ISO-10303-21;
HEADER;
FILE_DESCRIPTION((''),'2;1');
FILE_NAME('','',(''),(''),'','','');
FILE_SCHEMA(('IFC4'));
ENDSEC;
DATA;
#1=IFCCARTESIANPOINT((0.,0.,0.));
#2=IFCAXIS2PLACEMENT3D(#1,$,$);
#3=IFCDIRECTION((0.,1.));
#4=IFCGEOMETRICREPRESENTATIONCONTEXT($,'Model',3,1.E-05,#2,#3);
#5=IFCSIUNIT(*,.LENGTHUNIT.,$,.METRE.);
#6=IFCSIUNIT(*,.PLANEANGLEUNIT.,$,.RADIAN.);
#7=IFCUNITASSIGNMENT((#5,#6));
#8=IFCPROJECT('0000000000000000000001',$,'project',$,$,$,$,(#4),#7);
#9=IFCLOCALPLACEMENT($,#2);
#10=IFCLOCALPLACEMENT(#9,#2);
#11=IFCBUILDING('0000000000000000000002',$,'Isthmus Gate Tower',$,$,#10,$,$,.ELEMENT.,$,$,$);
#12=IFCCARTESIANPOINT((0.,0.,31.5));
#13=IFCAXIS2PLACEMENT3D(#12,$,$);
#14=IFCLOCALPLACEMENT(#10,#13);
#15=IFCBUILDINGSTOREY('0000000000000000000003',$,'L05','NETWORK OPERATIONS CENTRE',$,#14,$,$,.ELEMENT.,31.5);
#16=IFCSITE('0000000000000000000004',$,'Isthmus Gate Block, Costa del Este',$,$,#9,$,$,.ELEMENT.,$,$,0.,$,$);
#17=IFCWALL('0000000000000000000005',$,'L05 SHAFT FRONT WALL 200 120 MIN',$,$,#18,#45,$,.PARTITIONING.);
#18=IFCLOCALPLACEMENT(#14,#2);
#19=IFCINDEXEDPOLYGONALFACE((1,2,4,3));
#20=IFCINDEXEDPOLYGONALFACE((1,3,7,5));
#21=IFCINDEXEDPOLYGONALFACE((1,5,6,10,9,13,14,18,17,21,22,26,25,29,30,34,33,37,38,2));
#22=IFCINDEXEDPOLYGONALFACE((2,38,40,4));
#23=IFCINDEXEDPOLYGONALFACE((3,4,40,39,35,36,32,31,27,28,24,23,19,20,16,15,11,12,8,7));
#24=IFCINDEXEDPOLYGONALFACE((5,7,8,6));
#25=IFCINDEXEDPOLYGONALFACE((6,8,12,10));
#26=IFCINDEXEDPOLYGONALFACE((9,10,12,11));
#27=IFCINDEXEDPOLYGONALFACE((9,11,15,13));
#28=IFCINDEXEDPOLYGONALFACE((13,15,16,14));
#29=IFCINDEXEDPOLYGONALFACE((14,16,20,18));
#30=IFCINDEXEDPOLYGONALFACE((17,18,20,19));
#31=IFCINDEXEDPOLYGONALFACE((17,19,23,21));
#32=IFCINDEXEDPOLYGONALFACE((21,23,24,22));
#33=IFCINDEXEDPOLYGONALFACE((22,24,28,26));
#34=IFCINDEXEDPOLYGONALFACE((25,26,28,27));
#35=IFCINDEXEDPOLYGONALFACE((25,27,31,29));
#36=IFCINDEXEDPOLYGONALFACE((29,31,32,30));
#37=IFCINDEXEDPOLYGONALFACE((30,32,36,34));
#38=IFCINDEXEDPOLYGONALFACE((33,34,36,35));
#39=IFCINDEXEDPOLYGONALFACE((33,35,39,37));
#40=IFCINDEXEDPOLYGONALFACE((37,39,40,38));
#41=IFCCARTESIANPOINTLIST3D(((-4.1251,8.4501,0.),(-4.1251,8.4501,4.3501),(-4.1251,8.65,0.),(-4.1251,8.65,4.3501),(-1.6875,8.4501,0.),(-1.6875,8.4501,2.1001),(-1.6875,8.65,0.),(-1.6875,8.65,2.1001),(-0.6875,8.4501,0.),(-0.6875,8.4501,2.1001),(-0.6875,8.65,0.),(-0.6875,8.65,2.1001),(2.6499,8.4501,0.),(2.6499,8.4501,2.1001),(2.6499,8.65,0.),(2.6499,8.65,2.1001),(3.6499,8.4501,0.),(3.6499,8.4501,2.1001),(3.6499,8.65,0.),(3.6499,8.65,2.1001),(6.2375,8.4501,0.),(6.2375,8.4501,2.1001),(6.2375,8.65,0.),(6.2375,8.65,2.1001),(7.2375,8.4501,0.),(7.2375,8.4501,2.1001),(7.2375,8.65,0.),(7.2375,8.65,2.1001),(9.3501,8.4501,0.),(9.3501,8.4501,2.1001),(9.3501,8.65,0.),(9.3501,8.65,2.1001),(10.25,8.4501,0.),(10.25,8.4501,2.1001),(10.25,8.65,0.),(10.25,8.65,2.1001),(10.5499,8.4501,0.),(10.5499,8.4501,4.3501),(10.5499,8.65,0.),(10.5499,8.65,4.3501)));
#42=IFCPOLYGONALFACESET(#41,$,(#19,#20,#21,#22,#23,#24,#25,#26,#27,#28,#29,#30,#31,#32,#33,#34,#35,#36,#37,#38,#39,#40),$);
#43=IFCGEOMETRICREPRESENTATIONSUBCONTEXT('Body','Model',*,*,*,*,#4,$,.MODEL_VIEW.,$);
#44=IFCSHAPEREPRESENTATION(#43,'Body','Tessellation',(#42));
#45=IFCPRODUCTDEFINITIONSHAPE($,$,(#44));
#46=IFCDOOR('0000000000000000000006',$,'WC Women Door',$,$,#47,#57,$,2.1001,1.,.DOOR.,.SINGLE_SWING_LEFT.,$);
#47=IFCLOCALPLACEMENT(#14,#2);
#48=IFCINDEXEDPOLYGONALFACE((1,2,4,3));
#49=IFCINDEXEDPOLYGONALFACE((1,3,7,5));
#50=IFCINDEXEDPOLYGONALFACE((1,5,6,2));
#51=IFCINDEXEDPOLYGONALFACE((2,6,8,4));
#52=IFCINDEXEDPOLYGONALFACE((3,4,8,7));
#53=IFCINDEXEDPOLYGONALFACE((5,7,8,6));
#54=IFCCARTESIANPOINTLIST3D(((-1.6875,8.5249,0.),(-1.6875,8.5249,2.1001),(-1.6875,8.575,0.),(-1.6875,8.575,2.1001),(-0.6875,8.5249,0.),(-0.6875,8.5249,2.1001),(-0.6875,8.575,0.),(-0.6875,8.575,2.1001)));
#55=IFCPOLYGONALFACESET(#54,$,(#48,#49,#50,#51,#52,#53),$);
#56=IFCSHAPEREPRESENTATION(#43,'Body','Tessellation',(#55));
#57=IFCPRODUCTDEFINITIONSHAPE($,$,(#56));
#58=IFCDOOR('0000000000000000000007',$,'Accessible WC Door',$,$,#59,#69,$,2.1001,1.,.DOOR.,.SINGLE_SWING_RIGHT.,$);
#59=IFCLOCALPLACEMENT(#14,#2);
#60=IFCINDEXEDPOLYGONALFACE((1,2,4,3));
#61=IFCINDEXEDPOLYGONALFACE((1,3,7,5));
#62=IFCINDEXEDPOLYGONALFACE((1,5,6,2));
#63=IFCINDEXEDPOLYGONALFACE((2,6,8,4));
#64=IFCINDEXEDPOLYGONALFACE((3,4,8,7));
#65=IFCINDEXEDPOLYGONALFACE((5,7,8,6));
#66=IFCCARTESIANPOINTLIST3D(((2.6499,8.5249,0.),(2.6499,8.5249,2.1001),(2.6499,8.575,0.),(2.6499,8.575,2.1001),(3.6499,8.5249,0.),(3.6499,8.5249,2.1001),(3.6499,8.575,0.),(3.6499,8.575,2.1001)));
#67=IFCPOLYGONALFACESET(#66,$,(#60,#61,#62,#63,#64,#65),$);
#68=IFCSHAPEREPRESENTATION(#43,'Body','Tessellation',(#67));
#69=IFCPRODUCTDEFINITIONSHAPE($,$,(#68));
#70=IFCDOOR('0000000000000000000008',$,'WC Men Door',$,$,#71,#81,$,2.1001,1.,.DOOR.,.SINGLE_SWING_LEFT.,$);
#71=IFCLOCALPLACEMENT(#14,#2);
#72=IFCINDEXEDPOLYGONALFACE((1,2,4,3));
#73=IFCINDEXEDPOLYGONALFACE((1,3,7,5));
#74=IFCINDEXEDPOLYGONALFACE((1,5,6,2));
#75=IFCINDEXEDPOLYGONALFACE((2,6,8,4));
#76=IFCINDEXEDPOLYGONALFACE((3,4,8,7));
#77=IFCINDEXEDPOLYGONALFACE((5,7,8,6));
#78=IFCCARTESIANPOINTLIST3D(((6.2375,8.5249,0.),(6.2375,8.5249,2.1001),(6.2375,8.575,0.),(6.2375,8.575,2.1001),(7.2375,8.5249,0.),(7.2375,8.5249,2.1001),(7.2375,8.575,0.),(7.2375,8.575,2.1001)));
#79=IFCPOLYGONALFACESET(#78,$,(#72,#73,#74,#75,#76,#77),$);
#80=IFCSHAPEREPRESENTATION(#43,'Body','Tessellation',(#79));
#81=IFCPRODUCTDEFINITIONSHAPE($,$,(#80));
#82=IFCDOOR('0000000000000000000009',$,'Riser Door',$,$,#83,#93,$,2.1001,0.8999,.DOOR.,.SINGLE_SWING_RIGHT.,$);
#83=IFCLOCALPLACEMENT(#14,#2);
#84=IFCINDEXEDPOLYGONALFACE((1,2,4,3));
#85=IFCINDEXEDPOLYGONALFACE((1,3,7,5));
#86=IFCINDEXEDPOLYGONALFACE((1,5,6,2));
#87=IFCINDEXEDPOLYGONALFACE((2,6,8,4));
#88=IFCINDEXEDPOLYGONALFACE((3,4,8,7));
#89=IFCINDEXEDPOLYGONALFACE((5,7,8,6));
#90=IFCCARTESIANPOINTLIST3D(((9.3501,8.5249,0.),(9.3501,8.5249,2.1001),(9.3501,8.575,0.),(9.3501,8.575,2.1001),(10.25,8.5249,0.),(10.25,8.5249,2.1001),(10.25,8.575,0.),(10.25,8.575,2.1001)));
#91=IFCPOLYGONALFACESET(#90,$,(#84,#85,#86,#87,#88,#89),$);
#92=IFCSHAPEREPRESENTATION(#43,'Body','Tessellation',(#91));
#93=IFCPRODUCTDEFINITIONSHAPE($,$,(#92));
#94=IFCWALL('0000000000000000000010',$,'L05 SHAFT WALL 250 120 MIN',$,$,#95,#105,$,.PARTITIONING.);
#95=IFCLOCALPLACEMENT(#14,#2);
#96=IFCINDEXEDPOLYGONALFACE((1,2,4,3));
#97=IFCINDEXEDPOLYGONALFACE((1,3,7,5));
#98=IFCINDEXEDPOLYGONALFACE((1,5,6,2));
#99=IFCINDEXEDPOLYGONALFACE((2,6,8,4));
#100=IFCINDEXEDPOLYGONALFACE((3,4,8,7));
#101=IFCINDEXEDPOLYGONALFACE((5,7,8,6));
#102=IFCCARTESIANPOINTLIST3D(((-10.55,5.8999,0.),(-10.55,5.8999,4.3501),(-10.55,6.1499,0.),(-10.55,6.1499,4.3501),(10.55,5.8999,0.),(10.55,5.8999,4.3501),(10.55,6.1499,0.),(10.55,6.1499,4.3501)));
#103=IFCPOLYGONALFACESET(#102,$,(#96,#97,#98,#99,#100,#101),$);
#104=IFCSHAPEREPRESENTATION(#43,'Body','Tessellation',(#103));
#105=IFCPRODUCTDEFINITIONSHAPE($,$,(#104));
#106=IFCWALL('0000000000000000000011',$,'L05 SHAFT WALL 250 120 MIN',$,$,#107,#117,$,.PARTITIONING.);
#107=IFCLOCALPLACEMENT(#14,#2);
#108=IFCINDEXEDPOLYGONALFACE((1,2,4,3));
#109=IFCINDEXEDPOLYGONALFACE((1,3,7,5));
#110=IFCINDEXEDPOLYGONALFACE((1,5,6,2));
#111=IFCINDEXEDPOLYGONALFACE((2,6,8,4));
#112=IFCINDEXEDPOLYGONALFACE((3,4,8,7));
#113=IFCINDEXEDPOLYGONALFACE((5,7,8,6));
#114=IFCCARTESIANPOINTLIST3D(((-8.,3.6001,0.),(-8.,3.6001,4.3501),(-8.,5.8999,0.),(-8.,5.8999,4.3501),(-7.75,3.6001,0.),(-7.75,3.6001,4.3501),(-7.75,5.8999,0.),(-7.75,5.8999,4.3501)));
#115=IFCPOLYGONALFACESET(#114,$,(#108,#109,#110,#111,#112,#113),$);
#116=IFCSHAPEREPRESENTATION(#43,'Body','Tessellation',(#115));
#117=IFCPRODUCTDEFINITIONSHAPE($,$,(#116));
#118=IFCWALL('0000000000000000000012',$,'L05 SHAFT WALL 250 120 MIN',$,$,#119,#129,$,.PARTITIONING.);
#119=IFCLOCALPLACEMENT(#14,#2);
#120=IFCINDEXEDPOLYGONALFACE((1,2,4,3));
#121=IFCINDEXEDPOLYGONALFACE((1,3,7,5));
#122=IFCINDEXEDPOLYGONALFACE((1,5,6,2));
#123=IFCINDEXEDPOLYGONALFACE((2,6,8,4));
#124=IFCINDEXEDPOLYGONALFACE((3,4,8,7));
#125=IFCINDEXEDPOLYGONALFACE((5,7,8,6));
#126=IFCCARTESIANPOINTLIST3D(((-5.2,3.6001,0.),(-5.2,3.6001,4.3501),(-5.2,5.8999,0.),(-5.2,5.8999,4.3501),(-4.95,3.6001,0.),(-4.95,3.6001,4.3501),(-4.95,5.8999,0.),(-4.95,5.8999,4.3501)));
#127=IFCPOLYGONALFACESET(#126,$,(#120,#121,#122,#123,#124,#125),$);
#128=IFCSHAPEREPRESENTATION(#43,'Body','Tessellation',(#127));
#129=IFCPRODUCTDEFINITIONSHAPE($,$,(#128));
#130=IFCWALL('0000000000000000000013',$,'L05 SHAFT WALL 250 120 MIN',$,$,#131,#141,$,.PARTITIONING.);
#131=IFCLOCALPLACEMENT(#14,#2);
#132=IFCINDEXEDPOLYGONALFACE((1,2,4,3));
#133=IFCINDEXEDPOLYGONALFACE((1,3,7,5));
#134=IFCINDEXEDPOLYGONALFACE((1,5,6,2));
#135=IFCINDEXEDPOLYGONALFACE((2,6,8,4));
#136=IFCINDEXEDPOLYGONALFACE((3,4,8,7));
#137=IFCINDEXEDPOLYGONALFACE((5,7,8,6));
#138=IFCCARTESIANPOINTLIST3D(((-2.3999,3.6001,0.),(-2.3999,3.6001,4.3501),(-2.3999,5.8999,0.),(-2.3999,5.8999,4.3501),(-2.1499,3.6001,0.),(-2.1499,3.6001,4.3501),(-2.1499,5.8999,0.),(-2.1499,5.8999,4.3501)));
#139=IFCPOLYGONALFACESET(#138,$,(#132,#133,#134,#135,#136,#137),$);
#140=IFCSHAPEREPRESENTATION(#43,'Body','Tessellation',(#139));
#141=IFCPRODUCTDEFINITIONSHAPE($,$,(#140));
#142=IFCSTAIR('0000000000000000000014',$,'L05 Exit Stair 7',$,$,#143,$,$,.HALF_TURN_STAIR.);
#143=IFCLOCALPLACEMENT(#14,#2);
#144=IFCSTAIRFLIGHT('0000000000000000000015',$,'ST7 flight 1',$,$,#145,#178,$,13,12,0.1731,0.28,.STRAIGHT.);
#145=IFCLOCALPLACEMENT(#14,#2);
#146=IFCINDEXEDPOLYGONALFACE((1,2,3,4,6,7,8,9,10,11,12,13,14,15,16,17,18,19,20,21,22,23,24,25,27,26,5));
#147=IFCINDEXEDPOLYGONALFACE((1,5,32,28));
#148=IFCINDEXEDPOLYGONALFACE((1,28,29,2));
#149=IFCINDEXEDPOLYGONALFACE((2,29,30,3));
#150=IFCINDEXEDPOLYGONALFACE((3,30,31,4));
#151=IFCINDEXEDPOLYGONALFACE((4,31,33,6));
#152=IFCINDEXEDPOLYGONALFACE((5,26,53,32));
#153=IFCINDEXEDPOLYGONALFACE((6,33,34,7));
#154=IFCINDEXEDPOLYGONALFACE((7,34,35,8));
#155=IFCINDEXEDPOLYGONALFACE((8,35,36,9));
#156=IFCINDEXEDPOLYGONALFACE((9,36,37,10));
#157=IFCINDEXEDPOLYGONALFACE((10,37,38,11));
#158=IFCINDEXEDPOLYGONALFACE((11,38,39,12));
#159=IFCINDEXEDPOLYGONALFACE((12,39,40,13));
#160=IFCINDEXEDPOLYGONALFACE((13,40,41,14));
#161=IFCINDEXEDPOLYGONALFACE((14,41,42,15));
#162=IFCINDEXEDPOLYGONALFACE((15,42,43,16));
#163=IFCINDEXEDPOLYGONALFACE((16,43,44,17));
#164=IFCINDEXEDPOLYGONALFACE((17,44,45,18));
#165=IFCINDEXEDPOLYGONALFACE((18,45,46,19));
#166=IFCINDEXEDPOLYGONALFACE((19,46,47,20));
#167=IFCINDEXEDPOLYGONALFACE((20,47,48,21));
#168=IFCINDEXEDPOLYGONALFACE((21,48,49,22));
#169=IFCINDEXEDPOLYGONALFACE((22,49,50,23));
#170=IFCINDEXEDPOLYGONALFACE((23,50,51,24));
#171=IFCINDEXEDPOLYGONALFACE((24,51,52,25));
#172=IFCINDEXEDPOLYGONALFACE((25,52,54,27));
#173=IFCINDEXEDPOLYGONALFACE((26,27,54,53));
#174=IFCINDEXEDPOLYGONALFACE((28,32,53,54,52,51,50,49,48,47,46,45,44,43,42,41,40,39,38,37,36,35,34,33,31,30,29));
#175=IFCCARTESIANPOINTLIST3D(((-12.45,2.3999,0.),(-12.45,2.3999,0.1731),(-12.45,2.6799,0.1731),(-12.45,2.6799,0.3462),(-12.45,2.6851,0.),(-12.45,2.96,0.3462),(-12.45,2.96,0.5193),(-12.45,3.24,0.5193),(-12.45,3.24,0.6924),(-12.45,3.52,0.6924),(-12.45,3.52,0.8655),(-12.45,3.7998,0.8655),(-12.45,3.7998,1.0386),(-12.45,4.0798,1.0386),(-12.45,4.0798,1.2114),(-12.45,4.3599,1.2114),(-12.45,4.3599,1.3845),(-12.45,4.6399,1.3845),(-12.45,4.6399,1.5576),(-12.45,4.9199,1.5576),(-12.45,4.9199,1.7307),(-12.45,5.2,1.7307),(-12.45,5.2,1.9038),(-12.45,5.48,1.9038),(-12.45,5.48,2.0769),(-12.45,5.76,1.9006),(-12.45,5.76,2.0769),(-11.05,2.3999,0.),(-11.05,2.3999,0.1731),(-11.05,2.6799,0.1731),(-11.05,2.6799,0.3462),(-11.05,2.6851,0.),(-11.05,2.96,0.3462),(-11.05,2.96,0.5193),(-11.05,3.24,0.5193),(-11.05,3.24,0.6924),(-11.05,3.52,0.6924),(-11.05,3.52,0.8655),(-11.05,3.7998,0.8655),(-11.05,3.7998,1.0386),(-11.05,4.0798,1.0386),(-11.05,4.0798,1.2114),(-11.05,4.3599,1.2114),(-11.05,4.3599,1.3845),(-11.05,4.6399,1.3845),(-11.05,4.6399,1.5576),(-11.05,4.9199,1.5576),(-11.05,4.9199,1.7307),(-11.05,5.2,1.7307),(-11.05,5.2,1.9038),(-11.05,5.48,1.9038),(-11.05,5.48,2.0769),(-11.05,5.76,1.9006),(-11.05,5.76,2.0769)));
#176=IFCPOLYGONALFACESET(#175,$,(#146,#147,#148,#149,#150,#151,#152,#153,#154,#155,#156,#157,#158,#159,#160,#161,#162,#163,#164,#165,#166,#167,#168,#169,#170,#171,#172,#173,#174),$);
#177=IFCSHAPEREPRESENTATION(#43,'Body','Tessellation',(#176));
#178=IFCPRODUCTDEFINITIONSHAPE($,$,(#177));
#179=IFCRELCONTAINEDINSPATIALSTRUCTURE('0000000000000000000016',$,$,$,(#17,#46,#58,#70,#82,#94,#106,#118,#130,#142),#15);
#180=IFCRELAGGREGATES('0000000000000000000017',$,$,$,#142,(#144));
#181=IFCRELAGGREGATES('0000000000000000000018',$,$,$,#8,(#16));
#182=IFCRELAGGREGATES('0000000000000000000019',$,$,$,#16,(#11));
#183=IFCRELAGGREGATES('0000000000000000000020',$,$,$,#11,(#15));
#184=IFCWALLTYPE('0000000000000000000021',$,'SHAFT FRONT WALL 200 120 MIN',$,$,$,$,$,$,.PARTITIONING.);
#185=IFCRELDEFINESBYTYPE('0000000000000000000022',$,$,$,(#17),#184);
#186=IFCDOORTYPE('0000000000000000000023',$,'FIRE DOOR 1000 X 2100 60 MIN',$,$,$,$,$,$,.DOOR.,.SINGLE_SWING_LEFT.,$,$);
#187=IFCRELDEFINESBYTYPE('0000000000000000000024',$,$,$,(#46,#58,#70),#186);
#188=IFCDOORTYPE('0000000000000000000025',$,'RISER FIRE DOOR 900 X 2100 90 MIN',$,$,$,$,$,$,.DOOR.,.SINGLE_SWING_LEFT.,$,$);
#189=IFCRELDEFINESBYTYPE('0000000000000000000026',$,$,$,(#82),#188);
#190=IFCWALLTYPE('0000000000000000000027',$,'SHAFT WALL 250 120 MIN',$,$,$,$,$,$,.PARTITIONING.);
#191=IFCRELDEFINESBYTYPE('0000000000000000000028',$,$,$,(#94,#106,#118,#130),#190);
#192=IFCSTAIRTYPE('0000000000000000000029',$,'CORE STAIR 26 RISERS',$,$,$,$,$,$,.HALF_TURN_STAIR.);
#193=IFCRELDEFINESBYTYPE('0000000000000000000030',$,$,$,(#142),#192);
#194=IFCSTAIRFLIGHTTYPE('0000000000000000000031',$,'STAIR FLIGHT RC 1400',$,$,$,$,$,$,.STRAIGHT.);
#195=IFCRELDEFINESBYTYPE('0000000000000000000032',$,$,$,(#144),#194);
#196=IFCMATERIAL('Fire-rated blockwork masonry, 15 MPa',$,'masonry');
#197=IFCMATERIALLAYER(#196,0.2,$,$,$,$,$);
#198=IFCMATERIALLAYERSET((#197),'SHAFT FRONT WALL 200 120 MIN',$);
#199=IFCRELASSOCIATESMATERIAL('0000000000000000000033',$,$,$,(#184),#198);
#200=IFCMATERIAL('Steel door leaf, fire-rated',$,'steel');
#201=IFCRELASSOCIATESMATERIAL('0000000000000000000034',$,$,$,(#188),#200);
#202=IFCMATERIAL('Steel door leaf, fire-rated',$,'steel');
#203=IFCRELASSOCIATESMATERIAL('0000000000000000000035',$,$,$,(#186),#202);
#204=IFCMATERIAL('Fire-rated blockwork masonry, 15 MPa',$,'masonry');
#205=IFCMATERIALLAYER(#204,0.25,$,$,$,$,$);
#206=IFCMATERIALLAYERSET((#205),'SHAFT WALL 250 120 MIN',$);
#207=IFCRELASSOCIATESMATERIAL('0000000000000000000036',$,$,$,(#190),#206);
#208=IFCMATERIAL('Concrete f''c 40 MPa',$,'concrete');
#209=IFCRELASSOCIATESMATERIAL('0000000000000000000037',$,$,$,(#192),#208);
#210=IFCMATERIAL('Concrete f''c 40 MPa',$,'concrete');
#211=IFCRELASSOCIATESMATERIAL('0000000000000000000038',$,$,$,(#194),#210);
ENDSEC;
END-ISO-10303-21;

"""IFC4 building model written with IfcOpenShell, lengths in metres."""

from ifc_helpers import new_model, si_unit, direction, frame, frame_2d, origin, place, context, subcontext, project, spatial, polyline, rectangle, outline, extrude, material, layer, layer_set, type_object, element, fill, aggregate, save


model = new_model("IFC4")

# Units and contexts
model_context = context("Model", 3, precision=1e-05, world=origin(), true_north=direction((0.0, 1.0)))
body_context = subcontext(model_context, "Body", "Model", "MODEL_VIEW")
ifc_project = project(units=[si_unit("LENGTHUNIT", "METRE"), si_unit("PLANEANGLEUNIT", "RADIAN")], contexts=[model_context])

# Site, building, storey
site_placement = place(None, origin())
site = spatial("IfcSite", under=ifc_project, at=site_placement, Name="Isthmus Gate Block, Costa del Este", CompositionType="ELEMENT", RefElevation=0.0)
building_placement = place(site_placement, origin())
building = spatial("IfcBuilding", under=site, at=building_placement, Name="Isthmus Gate Tower", CompositionType="ELEMENT")
storey_placement = place(building_placement, frame((0.0, 0.0, 31.5)))
storey = spatial("IfcBuildingStorey", under=building, at=storey_placement, Name="L05", Description="NETWORK OPERATIONS CENTRE", CompositionType="ELEMENT", Elevation=31.5)

# Wall, openings, doors
ifc_material_1 = material(Name="Fire-rated blockwork masonry, 15 MPa", Category="masonry")
ifc_layer_1 = layer(ifc_material_1, 0.2)
ifc_layer_set_1 = layer_set([ifc_layer_1], Name="SHAFT FRONT WALL 200 120 MIN")
wall_type_1 = type_object("IfcWallType", Name="SHAFT FRONT WALL 200 120 MIN", PredefinedType="PARTITIONING", material=ifc_layer_set_1)
ifc_material_2 = material(Name="Steel door leaf, fire-rated", Category="steel")
door_type_1 = type_object("IfcDoorType", Name="RISER FIRE DOOR 900 X 2100 90 MIN", OperationType="SINGLE_SWING_LEFT", PredefinedType="DOOR", material=ifc_material_2)
wall_1_placement = place(storey_placement, frame((-4.125, 8.55, 0.0), z_axis=(0.0, 0.0, 1.0), x_axis=(1.0, 0.0, 0.0)))
wall_1 = element("IfcWall", 1, at=wall_1_placement, inside=storey, type_object=wall_type_1, Name="L05 SHAFT FRONT WALL 200 120 MIN", PredefinedType="PARTITIONING", context=body_context, shape_type="SweptSolid", body=[
    extrude(rectangle(XDim=14.675, YDim=0.2, at=frame_2d((7.3374, 0.0))), origin(), (0.0, 0.0, 1.0), 4.3501),
])
opening_1_placement = place(wall_1_placement, frame((2.4375, 0.0, 0.0)))
opening_1 = element("IfcOpeningElement", 2, at=opening_1_placement, cuts=wall_1, PredefinedType="OPENING", context=body_context, shape_type="SweptSolid", body=[
    extrude(rectangle(XDim=1.0, YDim=2.1001, at=frame_2d((0.5, 1.05))), frame((0.0, 0.1099, 0.0), z_axis=(0.0, -1.0, 0.0), x_axis=(1.0, 0.0, 0.0)), (0.0, 0.0, 1.0), 0.22),
])
opening_2_placement = place(wall_1_placement, frame((6.7749, 0.0, 0.0)))
opening_2 = element("IfcOpeningElement", 3, at=opening_2_placement, cuts=wall_1, PredefinedType="OPENING", context=body_context, shape_type="SweptSolid", body=[
    extrude(rectangle(XDim=1.0, YDim=2.1001, at=frame_2d((0.5, 1.05))), frame((0.0, 0.1099, 0.0), z_axis=(0.0, -1.0, 0.0), x_axis=(1.0, 0.0, 0.0)), (0.0, 0.0, 1.0), 0.22),
])
opening_3_placement = place(wall_1_placement, frame((10.3625, 0.0, 0.0)))
opening_3 = element("IfcOpeningElement", 4, at=opening_3_placement, cuts=wall_1, PredefinedType="OPENING", context=body_context, shape_type="SweptSolid", body=[
    extrude(rectangle(XDim=1.0, YDim=2.1001, at=frame_2d((0.5, 1.05))), frame((0.0, 0.1099, 0.0), z_axis=(0.0, -1.0, 0.0), x_axis=(1.0, 0.0, 0.0)), (0.0, 0.0, 1.0), 0.22),
])
opening_4_placement = place(wall_1_placement, frame((13.4751, 0.0, 0.0)))
opening_4 = element("IfcOpeningElement", 5, at=opening_4_placement, cuts=wall_1, PredefinedType="OPENING", context=body_context, shape_type="SweptSolid", body=[
    extrude(rectangle(XDim=0.8999, YDim=2.1001, at=frame_2d((0.45, 1.05))), frame((0.0, 0.1099, 0.0), z_axis=(0.0, -1.0, 0.0), x_axis=(1.0, 0.0, 0.0)), (0.0, 0.0, 1.0), 0.22),
])
ifc_material_3 = material(Name="Steel door leaf, fire-rated", Category="steel")
door_type_2 = type_object("IfcDoorType", Name="FIRE DOOR 1000 X 2100 60 MIN", OperationType="SINGLE_SWING_LEFT", PredefinedType="DOOR", material=ifc_material_3)
door_1_placement = place(opening_1_placement, origin())
door_1 = element("IfcDoor", 6, at=door_1_placement, inside=storey, type_object=door_type_2, Name="WC Women Door", OperationType="SINGLE_SWING_LEFT", OverallHeight=2.1001, OverallWidth=1.0, PredefinedType="DOOR", context=body_context, shape_type="SweptSolid", body=[
    extrude(rectangle(XDim=1.0, YDim=2.1001, at=frame_2d((0.5, 1.05))), frame((0.0, 0.0249, 0.0), z_axis=(0.0, -1.0, 0.0), x_axis=(1.0, 0.0, 0.0)), (0.0, 0.0, 1.0), 0.05),
])
fill(opening_1, door_1)
door_2_placement = place(opening_2_placement, origin())
door_2 = element("IfcDoor", 7, at=door_2_placement, inside=storey, type_object=door_type_2, Name="Accessible WC Door", OperationType="SINGLE_SWING_RIGHT", OverallHeight=2.1001, OverallWidth=1.0, PredefinedType="DOOR", context=body_context, shape_type="SweptSolid", body=[
    extrude(rectangle(XDim=1.0, YDim=2.1001, at=frame_2d((0.5, 1.05))), frame((0.0, 0.0249, 0.0), z_axis=(0.0, -1.0, 0.0), x_axis=(1.0, 0.0, 0.0)), (0.0, 0.0, 1.0), 0.05),
])
fill(opening_2, door_2)
door_3_placement = place(opening_3_placement, origin())
door_3 = element("IfcDoor", 8, at=door_3_placement, inside=storey, type_object=door_type_2, Name="WC Men Door", OperationType="SINGLE_SWING_LEFT", OverallHeight=2.1001, OverallWidth=1.0, PredefinedType="DOOR", context=body_context, shape_type="SweptSolid", body=[
    extrude(rectangle(XDim=1.0, YDim=2.1001, at=frame_2d((0.5, 1.05))), frame((0.0, 0.0249, 0.0), z_axis=(0.0, -1.0, 0.0), x_axis=(1.0, 0.0, 0.0)), (0.0, 0.0, 1.0), 0.05),
])
fill(opening_3, door_3)
door_4_placement = place(opening_4_placement, origin())
door_4 = element("IfcDoor", 9, at=door_4_placement, inside=storey, type_object=door_type_1, Name="Riser Door", OperationType="SINGLE_SWING_RIGHT", OverallHeight=2.1001, OverallWidth=0.8999, PredefinedType="DOOR", context=body_context, shape_type="SweptSolid", body=[
    extrude(rectangle(XDim=0.8999, YDim=2.1001, at=frame_2d((0.45, 1.05))), frame((0.0, 0.0249, 0.0), z_axis=(0.0, -1.0, 0.0), x_axis=(1.0, 0.0, 0.0)), (0.0, 0.0, 1.0), 0.05),
])
fill(opening_4, door_4)

# Walls
ifc_material_4 = material(Name="Fire-rated blockwork masonry, 15 MPa", Category="masonry")
ifc_layer_2 = layer(ifc_material_4, 0.25)
ifc_layer_set_2 = layer_set([ifc_layer_2], Name="SHAFT WALL 250 120 MIN")
wall_type_2 = type_object("IfcWallType", Name="SHAFT WALL 250 120 MIN", PredefinedType="PARTITIONING", material=ifc_layer_set_2)
wall_2_placement = place(storey_placement, frame((-10.55, 6.0249, 0.0), z_axis=(0.0, 0.0, 1.0), x_axis=(1.0, 0.0, 0.0)))
element("IfcWall", 10, at=wall_2_placement, inside=storey, type_object=wall_type_2, Name="L05 SHAFT WALL 250 120 MIN", PredefinedType="PARTITIONING", context=body_context, shape_type="SweptSolid", body=[
    extrude(rectangle(XDim=21.1001, YDim=0.25, at=frame_2d((10.55, 0.0))), origin(), (0.0, 0.0, 1.0), 4.3501),
])
for number, where, z_axis, x_axis, name in (
    (11, (-7.875, 3.6001, 0.0), (0.0, 0.0, 1.0), (0.0, 1.0, 0.0), "L05 SHAFT WALL 250 120 MIN"),
    (12, (-5.075, 3.6001, 0.0), (0.0, 0.0, 1.0), (0.0, 1.0, 0.0), "L05 SHAFT WALL 250 120 MIN"),
    (13, (-2.2749, 3.6001, 0.0), (0.0, 0.0, 1.0), (0.0, 1.0, 0.0), "L05 SHAFT WALL 250 120 MIN"),
):
    element("IfcWall", number, at=place(storey_placement, frame(where, z_axis=z_axis, x_axis=x_axis)), inside=storey, type_object=wall_type_2, Name=name, PredefinedType="PARTITIONING", context=body_context, shape_type="SweptSolid", body=[
        extrude(rectangle(XDim=2.2998, YDim=0.25, at=frame_2d((1.1499, 0.0))), origin(), (0.0, 0.0, 1.0), 4.3501),
    ])

# Stair, stair flight
ifc_material_5 = material(Name="Concrete f'c 40 MPa", Category="concrete")
stair_type = type_object("IfcStairType", Name="CORE STAIR 26 RISERS", PredefinedType="HALF_TURN_STAIR", material=ifc_material_5)
stair_placement = place(storey_placement, origin())
stair = element("IfcStair", 14, at=stair_placement, inside=storey, type_object=stair_type, Name="L05 Exit Stair 7", PredefinedType="HALF_TURN_STAIR")
ifc_material_6 = material(Name="Concrete f'c 40 MPa", Category="concrete")
stair_flight_type = type_object("IfcStairFlightType", Name="STAIR FLIGHT RC 1400", PredefinedType="STRAIGHT", material=ifc_material_6)
stair_flight_placement = place(storey_placement, frame((-11.75, 2.3999, 0.0), z_axis=(0.0, 0.0, 1.0), x_axis=(0.0, 1.0, 0.0)))
stair_flight = element("IfcStairFlight", 15, at=stair_flight_placement, type_object=stair_flight_type, Name="ST7 flight 1", NumberOfRisers=13, NumberOfTreads=12, PredefinedType="STRAIGHT", RiserHeight=0.1731, TreadLength=0.28, context=body_context, shape_type="SweptSolid", body=[
    extrude(outline(polyline([(0.0, 0.0), (0.0, 0.1731), (0.28, 0.1731), (0.28, 0.3462), (0.5601, 0.3462), (0.5601, 0.5193), (0.8401, 0.5193), (0.8401, 0.6924), (1.1201, 0.6924), (1.1201, 0.8655), (1.3999, 0.8655), (1.3999, 1.0386), (1.6799, 1.0386), (1.6799, 1.2114), (1.96, 1.2114), (1.96, 1.3845), (2.24, 1.3845), (2.24, 1.5576), (2.52, 1.5576), (2.52, 1.7307), (2.8, 1.7307), (2.8, 1.9038), (3.0801, 1.9038), (3.0801, 2.0769), (3.3601, 2.0769), (3.3601, 2.25), (3.3601, 1.9006), (0.2852, 0.0), (0.0, 0.0)])), frame((0.0, 0.7, 0.0), z_axis=(0.0, -1.0, 0.0), x_axis=(1.0, 0.0, 0.0)), (0.0, 0.0, 1.0), 1.3999),
])
aggregate(stair, [stair_flight])

save(model, "model.ifc")
